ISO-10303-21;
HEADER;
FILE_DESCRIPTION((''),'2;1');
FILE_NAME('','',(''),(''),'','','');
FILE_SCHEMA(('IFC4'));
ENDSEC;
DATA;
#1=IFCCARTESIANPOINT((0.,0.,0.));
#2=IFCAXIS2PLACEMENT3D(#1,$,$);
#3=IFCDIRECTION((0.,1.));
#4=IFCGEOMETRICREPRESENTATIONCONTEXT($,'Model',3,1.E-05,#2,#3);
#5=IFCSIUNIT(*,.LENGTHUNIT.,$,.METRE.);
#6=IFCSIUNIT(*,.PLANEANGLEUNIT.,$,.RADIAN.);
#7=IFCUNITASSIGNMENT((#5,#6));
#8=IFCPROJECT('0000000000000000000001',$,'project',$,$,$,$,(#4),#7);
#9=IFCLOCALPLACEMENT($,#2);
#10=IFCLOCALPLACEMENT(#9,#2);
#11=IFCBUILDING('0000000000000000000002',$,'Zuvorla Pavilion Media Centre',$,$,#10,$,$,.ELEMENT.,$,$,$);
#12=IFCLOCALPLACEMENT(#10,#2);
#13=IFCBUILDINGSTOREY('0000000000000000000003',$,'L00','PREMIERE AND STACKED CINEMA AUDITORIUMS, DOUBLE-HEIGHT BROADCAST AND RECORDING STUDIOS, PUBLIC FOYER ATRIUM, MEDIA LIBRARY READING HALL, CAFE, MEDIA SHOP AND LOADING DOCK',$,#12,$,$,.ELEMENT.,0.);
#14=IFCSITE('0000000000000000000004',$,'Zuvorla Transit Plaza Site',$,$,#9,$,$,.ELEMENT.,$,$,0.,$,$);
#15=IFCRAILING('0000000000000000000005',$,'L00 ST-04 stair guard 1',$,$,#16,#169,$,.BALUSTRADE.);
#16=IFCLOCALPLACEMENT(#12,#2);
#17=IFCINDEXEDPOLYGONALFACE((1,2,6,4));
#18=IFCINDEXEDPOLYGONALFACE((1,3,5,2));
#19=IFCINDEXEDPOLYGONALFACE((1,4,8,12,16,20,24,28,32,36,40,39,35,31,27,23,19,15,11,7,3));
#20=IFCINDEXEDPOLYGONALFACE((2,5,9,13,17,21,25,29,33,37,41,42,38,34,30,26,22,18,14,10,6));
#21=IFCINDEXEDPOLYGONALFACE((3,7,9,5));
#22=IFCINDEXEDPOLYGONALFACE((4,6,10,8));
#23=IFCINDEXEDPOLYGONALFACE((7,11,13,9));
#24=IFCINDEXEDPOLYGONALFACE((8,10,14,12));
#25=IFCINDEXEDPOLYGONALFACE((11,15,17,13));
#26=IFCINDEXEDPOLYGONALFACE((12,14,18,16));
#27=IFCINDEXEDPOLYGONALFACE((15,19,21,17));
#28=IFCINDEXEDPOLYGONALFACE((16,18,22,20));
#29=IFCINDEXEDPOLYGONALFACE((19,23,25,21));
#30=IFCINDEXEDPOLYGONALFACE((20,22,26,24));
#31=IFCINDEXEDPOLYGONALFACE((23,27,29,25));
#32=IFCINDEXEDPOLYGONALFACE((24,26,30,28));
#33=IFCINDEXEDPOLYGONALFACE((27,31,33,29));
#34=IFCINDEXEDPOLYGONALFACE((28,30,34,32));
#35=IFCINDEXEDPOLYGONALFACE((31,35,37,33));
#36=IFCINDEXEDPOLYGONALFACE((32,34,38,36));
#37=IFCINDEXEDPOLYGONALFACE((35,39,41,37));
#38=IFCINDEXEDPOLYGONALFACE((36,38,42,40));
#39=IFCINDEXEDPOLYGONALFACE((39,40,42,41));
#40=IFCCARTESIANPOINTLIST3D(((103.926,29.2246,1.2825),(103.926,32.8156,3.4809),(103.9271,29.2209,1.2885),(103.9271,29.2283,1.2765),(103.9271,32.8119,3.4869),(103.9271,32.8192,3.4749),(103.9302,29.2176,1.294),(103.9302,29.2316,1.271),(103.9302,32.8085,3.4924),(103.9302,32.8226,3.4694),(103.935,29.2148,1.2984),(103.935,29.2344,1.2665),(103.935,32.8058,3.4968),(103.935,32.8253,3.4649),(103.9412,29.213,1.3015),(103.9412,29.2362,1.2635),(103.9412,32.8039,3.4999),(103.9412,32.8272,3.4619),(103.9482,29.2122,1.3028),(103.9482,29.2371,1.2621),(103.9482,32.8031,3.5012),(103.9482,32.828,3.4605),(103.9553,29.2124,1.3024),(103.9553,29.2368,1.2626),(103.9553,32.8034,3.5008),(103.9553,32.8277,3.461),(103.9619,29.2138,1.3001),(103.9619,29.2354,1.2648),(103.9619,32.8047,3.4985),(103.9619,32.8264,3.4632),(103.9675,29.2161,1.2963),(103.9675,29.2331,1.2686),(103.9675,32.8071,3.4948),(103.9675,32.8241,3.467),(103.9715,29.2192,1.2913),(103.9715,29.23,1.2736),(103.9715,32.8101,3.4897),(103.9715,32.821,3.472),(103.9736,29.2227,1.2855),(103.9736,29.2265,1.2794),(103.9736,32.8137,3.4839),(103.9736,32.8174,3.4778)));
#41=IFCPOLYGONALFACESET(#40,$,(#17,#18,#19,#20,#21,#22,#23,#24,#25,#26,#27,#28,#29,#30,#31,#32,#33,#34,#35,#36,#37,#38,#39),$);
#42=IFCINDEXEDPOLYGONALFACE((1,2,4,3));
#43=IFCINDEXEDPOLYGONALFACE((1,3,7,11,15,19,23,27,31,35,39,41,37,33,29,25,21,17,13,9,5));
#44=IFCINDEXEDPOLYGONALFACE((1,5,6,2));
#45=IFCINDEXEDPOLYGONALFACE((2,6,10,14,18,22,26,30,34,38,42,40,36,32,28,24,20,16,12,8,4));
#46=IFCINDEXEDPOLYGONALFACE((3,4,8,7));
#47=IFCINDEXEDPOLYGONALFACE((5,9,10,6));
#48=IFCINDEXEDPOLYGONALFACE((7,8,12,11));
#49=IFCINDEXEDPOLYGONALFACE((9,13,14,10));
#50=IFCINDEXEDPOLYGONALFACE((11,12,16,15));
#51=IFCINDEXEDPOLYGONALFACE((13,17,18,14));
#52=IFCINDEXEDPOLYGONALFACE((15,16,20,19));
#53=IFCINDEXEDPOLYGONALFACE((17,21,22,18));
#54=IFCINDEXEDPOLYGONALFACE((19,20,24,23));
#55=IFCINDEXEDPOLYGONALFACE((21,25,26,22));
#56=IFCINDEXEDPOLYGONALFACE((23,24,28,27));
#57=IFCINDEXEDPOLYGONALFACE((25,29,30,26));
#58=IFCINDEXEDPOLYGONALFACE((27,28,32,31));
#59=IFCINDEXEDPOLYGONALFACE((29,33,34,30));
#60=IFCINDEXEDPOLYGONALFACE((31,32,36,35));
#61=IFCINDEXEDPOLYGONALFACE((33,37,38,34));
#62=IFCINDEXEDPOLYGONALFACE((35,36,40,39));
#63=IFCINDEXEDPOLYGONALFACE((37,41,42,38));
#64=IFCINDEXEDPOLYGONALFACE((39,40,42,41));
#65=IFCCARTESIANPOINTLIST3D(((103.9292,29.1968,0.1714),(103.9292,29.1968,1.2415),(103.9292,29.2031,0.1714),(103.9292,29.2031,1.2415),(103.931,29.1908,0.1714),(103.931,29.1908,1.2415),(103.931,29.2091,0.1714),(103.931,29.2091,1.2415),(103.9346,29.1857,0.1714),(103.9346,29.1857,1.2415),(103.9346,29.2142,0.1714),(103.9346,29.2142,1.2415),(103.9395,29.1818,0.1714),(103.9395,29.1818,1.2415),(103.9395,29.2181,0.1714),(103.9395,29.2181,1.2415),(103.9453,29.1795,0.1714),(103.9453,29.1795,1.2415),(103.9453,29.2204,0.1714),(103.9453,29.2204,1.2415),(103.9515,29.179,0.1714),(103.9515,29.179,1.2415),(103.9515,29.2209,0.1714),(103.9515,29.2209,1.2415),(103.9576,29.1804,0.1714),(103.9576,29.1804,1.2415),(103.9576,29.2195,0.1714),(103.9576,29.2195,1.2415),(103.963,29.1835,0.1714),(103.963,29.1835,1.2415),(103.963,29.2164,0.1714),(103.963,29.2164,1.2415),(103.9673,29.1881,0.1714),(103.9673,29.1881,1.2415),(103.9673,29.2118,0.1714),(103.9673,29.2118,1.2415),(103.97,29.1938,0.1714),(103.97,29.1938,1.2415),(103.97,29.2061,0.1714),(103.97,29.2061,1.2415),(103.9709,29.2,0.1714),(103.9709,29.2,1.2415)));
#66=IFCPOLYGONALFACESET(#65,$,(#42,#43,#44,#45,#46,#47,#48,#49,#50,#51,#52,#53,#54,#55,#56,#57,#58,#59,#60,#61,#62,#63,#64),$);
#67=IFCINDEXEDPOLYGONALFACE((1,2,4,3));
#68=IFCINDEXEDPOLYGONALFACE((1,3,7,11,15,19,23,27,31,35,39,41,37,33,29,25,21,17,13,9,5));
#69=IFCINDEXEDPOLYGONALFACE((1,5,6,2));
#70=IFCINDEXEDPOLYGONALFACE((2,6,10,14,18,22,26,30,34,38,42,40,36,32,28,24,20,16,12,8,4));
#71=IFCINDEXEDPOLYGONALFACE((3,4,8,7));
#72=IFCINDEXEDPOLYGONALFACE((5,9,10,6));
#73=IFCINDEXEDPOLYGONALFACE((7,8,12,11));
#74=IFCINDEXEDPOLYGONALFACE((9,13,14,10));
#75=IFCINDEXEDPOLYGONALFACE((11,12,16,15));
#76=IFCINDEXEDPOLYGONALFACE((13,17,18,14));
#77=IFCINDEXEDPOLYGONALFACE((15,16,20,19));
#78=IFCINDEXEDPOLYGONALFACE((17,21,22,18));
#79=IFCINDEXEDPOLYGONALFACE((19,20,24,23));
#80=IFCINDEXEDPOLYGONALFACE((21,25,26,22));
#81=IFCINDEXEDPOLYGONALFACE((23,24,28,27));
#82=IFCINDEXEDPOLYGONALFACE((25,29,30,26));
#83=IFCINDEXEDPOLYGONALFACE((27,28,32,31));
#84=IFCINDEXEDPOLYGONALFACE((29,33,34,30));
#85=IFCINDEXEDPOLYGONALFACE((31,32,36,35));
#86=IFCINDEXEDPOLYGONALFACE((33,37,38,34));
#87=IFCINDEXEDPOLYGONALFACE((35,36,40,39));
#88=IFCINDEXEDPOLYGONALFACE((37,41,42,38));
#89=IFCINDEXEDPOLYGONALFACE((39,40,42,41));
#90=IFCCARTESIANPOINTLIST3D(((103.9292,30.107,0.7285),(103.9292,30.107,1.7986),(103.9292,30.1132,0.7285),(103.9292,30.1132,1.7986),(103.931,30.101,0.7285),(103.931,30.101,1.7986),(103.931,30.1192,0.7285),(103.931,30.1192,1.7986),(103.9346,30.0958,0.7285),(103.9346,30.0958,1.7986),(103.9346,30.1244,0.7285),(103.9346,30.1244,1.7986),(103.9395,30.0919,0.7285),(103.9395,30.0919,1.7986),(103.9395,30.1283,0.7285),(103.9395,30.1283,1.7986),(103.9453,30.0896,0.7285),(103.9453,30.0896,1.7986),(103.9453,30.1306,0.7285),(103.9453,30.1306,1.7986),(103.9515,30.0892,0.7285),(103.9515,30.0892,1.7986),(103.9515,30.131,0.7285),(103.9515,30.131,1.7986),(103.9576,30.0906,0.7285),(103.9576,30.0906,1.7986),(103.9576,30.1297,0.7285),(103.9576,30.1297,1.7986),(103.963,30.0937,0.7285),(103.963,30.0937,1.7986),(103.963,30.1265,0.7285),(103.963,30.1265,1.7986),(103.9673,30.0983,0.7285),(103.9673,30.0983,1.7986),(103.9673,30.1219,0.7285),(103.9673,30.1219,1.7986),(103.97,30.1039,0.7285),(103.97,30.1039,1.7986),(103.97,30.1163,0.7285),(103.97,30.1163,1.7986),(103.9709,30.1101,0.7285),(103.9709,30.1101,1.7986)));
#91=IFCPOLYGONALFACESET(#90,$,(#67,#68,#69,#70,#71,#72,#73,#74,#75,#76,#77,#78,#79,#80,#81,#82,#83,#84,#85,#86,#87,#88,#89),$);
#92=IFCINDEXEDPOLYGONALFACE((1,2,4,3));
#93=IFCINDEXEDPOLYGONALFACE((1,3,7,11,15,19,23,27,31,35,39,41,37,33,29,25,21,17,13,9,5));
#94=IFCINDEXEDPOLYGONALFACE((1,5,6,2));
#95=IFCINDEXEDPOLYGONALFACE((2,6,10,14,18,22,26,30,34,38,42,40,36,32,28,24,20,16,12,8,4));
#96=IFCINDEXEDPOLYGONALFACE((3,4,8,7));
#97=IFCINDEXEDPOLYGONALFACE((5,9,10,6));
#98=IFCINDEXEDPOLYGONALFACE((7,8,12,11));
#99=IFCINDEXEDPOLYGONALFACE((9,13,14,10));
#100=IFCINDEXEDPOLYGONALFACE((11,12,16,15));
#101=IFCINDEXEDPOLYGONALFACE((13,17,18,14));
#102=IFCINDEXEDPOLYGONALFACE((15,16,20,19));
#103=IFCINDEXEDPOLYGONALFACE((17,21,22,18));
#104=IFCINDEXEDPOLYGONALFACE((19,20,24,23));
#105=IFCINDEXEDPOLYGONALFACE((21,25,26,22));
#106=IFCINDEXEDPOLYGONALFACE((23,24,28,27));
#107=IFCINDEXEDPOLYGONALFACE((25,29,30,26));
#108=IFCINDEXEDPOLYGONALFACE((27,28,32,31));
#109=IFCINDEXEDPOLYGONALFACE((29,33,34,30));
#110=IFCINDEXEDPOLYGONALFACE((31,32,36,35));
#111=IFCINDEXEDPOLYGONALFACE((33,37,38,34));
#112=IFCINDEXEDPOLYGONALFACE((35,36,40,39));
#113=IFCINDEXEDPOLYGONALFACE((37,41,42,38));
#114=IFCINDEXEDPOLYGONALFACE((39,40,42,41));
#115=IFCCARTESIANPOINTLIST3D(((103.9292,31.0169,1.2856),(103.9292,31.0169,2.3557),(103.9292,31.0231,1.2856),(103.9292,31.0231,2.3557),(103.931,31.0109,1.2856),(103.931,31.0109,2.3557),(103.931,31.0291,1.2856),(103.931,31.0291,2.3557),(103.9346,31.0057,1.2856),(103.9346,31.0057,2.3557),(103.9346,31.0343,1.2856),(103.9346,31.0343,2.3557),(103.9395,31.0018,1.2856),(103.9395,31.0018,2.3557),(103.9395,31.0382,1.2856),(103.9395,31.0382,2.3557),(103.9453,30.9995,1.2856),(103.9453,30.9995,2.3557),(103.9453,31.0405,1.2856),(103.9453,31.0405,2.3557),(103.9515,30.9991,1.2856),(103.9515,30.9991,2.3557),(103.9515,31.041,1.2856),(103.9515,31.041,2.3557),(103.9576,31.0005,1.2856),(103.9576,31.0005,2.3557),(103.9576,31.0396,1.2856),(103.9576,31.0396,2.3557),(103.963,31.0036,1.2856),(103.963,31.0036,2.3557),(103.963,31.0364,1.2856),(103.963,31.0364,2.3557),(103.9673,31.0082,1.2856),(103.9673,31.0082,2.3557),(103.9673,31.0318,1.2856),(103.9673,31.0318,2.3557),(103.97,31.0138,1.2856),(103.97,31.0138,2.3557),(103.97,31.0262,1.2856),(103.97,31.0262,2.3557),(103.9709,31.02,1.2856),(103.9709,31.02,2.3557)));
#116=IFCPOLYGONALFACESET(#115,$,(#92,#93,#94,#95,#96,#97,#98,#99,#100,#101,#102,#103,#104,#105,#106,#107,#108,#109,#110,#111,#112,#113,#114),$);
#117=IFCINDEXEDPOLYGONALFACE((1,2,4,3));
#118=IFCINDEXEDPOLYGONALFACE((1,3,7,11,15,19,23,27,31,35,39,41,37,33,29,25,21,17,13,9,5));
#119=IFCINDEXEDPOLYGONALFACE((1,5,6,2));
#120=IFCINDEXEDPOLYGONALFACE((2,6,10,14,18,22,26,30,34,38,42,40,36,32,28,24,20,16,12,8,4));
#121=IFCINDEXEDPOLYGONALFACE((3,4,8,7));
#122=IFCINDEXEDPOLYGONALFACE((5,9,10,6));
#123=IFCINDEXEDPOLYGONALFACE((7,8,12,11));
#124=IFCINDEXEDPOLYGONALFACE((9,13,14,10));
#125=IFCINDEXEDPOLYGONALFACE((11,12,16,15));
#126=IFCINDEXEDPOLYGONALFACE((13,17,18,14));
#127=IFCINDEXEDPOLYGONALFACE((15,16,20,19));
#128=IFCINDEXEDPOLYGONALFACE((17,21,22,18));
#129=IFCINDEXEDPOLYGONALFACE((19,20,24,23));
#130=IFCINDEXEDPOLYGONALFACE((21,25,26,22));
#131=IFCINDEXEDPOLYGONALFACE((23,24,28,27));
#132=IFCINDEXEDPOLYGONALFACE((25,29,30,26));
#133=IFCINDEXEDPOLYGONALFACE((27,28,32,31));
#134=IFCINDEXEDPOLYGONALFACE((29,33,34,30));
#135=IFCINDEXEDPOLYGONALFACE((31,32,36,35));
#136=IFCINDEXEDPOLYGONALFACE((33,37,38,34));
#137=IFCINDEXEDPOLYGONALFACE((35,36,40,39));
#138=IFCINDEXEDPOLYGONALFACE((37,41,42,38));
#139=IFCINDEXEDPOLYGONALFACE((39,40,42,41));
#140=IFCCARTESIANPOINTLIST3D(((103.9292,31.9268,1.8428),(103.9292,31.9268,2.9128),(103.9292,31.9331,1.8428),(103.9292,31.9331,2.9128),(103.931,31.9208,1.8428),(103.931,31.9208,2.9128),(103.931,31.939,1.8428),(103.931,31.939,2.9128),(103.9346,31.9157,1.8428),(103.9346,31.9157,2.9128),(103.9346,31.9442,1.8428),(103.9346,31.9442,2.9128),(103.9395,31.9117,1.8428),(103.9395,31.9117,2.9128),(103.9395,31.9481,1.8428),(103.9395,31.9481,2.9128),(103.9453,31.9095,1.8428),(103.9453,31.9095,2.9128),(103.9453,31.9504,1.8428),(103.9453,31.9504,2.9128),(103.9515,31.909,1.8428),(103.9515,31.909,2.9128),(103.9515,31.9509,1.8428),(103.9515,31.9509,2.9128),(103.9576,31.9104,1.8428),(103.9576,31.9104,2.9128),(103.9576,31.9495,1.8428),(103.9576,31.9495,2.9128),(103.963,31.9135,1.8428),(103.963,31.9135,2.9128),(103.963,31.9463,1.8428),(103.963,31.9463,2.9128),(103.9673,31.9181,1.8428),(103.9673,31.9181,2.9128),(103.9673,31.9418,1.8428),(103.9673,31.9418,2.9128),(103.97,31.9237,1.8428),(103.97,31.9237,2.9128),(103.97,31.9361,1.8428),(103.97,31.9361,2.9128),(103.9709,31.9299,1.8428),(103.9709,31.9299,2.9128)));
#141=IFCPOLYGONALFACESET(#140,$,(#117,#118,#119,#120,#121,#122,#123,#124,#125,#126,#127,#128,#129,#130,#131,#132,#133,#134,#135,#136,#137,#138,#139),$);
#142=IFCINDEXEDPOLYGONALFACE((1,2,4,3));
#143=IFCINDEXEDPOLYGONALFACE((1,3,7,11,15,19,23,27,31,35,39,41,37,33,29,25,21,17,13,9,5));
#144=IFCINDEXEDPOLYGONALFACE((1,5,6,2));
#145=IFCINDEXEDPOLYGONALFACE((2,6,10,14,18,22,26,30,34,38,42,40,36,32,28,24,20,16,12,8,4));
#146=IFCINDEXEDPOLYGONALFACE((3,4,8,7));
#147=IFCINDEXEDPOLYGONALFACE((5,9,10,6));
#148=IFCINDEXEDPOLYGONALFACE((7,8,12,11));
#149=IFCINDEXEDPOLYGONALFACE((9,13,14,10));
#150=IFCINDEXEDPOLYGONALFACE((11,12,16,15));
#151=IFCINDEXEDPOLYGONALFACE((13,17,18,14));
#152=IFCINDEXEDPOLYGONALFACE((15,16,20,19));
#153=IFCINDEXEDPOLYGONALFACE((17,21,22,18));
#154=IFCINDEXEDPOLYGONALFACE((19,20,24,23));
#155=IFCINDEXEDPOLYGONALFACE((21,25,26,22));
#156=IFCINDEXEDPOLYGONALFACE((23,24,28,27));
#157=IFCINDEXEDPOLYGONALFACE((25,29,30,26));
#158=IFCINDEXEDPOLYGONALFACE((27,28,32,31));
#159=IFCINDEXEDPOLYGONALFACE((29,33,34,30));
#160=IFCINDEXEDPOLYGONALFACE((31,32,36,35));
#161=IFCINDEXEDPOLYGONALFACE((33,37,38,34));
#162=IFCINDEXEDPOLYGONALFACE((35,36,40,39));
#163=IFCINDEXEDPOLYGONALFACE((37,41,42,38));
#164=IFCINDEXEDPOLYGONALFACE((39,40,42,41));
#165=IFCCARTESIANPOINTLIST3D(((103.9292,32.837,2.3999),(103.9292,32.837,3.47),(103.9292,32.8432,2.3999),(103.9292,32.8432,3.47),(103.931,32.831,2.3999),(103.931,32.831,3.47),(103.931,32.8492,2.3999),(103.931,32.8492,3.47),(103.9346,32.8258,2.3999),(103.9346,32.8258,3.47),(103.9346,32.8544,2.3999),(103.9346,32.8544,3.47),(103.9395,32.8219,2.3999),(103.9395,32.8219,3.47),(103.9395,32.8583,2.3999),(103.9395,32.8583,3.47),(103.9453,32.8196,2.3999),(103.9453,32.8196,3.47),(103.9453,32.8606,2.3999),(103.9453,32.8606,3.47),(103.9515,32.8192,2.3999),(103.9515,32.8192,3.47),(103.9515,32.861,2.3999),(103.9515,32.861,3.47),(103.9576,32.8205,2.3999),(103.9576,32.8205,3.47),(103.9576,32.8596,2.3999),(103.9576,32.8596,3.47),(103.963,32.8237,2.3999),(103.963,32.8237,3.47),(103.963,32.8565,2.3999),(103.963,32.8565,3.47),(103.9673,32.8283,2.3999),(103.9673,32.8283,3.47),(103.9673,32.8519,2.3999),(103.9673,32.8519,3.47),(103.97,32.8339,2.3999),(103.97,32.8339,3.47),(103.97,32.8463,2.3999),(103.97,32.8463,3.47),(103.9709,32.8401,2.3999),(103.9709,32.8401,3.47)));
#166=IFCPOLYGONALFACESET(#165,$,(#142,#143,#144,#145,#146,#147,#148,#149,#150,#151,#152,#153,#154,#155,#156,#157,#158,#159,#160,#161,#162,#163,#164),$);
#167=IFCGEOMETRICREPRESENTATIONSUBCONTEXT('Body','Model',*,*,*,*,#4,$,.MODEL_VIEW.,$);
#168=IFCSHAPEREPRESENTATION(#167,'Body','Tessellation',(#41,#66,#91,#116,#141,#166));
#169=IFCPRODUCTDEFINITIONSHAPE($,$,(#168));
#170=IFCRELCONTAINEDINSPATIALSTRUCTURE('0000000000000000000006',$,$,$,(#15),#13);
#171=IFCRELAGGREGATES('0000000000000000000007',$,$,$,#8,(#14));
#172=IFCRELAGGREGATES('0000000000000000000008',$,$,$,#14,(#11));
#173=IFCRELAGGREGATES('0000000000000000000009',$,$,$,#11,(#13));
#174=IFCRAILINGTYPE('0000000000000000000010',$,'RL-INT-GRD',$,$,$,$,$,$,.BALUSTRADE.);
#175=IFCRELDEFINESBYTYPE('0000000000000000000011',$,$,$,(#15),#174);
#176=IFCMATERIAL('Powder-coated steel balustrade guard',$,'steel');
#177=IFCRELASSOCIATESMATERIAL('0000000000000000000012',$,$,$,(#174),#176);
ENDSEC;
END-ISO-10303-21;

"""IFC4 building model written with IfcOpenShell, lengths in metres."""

from ifc_helpers import new_model, si_unit, direction, frame, origin, origin_2d, place, context, subcontext, project, spatial, circle, extrude, material, type_object, element, save


model = new_model("IFC4")

# Units and contexts
model_context = context("Model", 3, precision=1e-05, world=origin(), true_north=direction((0.0, 1.0)))
body_context = subcontext(model_context, "Body", "Model", "MODEL_VIEW")
ifc_project = project(units=[si_unit("LENGTHUNIT", "METRE"), si_unit("PLANEANGLEUNIT", "RADIAN")], contexts=[model_context])

# Site, building, storey
site_placement = place(None, origin())
site = spatial("IfcSite", under=ifc_project, at=site_placement, Name="Zuvorla Transit Plaza Site", CompositionType="ELEMENT", RefElevation=0.0)
building_placement = place(site_placement, origin())
building = spatial("IfcBuilding", under=site, at=building_placement, Name="Zuvorla Pavilion Media Centre", CompositionType="ELEMENT")
storey_placement = place(building_placement, origin())
storey = spatial("IfcBuildingStorey", under=building, at=storey_placement, Name="L00", Description="PREMIERE AND STACKED CINEMA AUDITORIUMS, DOUBLE-HEIGHT BROADCAST AND RECORDING STUDIOS, PUBLIC FOYER ATRIUM, MEDIA LIBRARY READING HALL, CAFE, MEDIA SHOP AND LOADING DOCK", CompositionType="ELEMENT", Elevation=0.0)

# Railing
ifc_material_1 = material(Name="Powder-coated steel balustrade guard", Category="steel")
railing_type_1 = type_object("IfcRailingType", Name="RL-INT-GRD", PredefinedType="BALUSTRADE", material=ifc_material_1)
railing_1_placement = place(storey_placement, frame((103.95, 29.2, 0.1714)))
element("IfcRailing", 1, at=railing_1_placement, inside=storey, type_object=railing_type_1, Name="L00 ST-04 stair guard 1", PredefinedType="BALUSTRADE", context=body_context, shape_type="SweptSolid", body=[
    extrude(circle(Radius=0.0239, at=origin_2d()), frame((0.0, 0.0247, 1.1111), z_axis=(0.0, 0.852866, 0.52213), x_axis=(-1.0, 0.0, 0.0)), (0.0, 0.0, 1.0), 4.2104),
    extrude(circle(Radius=0.021, at=origin_2d()), origin(), (0.0, 0.0, 1.0), 1.0701),
    extrude(circle(Radius=0.021, at=origin_2d()), frame((0.0, 0.9102, 0.5571)), (0.0, 0.0, 1.0), 1.0701),
    extrude(circle(Radius=0.021, at=origin_2d()), frame((0.0, 1.8201, 1.1143)), (0.0, 0.0, 1.0), 1.0701),
    extrude(circle(Radius=0.021, at=origin_2d()), frame((0.0, 2.73, 1.6714)), (0.0, 0.0, 1.0), 1.0701),
    extrude(circle(Radius=0.021, at=origin_2d()), frame((0.0, 3.6401, 2.2285)), (0.0, 0.0, 1.0), 1.0701),
])

save(model, "model.ifc")
